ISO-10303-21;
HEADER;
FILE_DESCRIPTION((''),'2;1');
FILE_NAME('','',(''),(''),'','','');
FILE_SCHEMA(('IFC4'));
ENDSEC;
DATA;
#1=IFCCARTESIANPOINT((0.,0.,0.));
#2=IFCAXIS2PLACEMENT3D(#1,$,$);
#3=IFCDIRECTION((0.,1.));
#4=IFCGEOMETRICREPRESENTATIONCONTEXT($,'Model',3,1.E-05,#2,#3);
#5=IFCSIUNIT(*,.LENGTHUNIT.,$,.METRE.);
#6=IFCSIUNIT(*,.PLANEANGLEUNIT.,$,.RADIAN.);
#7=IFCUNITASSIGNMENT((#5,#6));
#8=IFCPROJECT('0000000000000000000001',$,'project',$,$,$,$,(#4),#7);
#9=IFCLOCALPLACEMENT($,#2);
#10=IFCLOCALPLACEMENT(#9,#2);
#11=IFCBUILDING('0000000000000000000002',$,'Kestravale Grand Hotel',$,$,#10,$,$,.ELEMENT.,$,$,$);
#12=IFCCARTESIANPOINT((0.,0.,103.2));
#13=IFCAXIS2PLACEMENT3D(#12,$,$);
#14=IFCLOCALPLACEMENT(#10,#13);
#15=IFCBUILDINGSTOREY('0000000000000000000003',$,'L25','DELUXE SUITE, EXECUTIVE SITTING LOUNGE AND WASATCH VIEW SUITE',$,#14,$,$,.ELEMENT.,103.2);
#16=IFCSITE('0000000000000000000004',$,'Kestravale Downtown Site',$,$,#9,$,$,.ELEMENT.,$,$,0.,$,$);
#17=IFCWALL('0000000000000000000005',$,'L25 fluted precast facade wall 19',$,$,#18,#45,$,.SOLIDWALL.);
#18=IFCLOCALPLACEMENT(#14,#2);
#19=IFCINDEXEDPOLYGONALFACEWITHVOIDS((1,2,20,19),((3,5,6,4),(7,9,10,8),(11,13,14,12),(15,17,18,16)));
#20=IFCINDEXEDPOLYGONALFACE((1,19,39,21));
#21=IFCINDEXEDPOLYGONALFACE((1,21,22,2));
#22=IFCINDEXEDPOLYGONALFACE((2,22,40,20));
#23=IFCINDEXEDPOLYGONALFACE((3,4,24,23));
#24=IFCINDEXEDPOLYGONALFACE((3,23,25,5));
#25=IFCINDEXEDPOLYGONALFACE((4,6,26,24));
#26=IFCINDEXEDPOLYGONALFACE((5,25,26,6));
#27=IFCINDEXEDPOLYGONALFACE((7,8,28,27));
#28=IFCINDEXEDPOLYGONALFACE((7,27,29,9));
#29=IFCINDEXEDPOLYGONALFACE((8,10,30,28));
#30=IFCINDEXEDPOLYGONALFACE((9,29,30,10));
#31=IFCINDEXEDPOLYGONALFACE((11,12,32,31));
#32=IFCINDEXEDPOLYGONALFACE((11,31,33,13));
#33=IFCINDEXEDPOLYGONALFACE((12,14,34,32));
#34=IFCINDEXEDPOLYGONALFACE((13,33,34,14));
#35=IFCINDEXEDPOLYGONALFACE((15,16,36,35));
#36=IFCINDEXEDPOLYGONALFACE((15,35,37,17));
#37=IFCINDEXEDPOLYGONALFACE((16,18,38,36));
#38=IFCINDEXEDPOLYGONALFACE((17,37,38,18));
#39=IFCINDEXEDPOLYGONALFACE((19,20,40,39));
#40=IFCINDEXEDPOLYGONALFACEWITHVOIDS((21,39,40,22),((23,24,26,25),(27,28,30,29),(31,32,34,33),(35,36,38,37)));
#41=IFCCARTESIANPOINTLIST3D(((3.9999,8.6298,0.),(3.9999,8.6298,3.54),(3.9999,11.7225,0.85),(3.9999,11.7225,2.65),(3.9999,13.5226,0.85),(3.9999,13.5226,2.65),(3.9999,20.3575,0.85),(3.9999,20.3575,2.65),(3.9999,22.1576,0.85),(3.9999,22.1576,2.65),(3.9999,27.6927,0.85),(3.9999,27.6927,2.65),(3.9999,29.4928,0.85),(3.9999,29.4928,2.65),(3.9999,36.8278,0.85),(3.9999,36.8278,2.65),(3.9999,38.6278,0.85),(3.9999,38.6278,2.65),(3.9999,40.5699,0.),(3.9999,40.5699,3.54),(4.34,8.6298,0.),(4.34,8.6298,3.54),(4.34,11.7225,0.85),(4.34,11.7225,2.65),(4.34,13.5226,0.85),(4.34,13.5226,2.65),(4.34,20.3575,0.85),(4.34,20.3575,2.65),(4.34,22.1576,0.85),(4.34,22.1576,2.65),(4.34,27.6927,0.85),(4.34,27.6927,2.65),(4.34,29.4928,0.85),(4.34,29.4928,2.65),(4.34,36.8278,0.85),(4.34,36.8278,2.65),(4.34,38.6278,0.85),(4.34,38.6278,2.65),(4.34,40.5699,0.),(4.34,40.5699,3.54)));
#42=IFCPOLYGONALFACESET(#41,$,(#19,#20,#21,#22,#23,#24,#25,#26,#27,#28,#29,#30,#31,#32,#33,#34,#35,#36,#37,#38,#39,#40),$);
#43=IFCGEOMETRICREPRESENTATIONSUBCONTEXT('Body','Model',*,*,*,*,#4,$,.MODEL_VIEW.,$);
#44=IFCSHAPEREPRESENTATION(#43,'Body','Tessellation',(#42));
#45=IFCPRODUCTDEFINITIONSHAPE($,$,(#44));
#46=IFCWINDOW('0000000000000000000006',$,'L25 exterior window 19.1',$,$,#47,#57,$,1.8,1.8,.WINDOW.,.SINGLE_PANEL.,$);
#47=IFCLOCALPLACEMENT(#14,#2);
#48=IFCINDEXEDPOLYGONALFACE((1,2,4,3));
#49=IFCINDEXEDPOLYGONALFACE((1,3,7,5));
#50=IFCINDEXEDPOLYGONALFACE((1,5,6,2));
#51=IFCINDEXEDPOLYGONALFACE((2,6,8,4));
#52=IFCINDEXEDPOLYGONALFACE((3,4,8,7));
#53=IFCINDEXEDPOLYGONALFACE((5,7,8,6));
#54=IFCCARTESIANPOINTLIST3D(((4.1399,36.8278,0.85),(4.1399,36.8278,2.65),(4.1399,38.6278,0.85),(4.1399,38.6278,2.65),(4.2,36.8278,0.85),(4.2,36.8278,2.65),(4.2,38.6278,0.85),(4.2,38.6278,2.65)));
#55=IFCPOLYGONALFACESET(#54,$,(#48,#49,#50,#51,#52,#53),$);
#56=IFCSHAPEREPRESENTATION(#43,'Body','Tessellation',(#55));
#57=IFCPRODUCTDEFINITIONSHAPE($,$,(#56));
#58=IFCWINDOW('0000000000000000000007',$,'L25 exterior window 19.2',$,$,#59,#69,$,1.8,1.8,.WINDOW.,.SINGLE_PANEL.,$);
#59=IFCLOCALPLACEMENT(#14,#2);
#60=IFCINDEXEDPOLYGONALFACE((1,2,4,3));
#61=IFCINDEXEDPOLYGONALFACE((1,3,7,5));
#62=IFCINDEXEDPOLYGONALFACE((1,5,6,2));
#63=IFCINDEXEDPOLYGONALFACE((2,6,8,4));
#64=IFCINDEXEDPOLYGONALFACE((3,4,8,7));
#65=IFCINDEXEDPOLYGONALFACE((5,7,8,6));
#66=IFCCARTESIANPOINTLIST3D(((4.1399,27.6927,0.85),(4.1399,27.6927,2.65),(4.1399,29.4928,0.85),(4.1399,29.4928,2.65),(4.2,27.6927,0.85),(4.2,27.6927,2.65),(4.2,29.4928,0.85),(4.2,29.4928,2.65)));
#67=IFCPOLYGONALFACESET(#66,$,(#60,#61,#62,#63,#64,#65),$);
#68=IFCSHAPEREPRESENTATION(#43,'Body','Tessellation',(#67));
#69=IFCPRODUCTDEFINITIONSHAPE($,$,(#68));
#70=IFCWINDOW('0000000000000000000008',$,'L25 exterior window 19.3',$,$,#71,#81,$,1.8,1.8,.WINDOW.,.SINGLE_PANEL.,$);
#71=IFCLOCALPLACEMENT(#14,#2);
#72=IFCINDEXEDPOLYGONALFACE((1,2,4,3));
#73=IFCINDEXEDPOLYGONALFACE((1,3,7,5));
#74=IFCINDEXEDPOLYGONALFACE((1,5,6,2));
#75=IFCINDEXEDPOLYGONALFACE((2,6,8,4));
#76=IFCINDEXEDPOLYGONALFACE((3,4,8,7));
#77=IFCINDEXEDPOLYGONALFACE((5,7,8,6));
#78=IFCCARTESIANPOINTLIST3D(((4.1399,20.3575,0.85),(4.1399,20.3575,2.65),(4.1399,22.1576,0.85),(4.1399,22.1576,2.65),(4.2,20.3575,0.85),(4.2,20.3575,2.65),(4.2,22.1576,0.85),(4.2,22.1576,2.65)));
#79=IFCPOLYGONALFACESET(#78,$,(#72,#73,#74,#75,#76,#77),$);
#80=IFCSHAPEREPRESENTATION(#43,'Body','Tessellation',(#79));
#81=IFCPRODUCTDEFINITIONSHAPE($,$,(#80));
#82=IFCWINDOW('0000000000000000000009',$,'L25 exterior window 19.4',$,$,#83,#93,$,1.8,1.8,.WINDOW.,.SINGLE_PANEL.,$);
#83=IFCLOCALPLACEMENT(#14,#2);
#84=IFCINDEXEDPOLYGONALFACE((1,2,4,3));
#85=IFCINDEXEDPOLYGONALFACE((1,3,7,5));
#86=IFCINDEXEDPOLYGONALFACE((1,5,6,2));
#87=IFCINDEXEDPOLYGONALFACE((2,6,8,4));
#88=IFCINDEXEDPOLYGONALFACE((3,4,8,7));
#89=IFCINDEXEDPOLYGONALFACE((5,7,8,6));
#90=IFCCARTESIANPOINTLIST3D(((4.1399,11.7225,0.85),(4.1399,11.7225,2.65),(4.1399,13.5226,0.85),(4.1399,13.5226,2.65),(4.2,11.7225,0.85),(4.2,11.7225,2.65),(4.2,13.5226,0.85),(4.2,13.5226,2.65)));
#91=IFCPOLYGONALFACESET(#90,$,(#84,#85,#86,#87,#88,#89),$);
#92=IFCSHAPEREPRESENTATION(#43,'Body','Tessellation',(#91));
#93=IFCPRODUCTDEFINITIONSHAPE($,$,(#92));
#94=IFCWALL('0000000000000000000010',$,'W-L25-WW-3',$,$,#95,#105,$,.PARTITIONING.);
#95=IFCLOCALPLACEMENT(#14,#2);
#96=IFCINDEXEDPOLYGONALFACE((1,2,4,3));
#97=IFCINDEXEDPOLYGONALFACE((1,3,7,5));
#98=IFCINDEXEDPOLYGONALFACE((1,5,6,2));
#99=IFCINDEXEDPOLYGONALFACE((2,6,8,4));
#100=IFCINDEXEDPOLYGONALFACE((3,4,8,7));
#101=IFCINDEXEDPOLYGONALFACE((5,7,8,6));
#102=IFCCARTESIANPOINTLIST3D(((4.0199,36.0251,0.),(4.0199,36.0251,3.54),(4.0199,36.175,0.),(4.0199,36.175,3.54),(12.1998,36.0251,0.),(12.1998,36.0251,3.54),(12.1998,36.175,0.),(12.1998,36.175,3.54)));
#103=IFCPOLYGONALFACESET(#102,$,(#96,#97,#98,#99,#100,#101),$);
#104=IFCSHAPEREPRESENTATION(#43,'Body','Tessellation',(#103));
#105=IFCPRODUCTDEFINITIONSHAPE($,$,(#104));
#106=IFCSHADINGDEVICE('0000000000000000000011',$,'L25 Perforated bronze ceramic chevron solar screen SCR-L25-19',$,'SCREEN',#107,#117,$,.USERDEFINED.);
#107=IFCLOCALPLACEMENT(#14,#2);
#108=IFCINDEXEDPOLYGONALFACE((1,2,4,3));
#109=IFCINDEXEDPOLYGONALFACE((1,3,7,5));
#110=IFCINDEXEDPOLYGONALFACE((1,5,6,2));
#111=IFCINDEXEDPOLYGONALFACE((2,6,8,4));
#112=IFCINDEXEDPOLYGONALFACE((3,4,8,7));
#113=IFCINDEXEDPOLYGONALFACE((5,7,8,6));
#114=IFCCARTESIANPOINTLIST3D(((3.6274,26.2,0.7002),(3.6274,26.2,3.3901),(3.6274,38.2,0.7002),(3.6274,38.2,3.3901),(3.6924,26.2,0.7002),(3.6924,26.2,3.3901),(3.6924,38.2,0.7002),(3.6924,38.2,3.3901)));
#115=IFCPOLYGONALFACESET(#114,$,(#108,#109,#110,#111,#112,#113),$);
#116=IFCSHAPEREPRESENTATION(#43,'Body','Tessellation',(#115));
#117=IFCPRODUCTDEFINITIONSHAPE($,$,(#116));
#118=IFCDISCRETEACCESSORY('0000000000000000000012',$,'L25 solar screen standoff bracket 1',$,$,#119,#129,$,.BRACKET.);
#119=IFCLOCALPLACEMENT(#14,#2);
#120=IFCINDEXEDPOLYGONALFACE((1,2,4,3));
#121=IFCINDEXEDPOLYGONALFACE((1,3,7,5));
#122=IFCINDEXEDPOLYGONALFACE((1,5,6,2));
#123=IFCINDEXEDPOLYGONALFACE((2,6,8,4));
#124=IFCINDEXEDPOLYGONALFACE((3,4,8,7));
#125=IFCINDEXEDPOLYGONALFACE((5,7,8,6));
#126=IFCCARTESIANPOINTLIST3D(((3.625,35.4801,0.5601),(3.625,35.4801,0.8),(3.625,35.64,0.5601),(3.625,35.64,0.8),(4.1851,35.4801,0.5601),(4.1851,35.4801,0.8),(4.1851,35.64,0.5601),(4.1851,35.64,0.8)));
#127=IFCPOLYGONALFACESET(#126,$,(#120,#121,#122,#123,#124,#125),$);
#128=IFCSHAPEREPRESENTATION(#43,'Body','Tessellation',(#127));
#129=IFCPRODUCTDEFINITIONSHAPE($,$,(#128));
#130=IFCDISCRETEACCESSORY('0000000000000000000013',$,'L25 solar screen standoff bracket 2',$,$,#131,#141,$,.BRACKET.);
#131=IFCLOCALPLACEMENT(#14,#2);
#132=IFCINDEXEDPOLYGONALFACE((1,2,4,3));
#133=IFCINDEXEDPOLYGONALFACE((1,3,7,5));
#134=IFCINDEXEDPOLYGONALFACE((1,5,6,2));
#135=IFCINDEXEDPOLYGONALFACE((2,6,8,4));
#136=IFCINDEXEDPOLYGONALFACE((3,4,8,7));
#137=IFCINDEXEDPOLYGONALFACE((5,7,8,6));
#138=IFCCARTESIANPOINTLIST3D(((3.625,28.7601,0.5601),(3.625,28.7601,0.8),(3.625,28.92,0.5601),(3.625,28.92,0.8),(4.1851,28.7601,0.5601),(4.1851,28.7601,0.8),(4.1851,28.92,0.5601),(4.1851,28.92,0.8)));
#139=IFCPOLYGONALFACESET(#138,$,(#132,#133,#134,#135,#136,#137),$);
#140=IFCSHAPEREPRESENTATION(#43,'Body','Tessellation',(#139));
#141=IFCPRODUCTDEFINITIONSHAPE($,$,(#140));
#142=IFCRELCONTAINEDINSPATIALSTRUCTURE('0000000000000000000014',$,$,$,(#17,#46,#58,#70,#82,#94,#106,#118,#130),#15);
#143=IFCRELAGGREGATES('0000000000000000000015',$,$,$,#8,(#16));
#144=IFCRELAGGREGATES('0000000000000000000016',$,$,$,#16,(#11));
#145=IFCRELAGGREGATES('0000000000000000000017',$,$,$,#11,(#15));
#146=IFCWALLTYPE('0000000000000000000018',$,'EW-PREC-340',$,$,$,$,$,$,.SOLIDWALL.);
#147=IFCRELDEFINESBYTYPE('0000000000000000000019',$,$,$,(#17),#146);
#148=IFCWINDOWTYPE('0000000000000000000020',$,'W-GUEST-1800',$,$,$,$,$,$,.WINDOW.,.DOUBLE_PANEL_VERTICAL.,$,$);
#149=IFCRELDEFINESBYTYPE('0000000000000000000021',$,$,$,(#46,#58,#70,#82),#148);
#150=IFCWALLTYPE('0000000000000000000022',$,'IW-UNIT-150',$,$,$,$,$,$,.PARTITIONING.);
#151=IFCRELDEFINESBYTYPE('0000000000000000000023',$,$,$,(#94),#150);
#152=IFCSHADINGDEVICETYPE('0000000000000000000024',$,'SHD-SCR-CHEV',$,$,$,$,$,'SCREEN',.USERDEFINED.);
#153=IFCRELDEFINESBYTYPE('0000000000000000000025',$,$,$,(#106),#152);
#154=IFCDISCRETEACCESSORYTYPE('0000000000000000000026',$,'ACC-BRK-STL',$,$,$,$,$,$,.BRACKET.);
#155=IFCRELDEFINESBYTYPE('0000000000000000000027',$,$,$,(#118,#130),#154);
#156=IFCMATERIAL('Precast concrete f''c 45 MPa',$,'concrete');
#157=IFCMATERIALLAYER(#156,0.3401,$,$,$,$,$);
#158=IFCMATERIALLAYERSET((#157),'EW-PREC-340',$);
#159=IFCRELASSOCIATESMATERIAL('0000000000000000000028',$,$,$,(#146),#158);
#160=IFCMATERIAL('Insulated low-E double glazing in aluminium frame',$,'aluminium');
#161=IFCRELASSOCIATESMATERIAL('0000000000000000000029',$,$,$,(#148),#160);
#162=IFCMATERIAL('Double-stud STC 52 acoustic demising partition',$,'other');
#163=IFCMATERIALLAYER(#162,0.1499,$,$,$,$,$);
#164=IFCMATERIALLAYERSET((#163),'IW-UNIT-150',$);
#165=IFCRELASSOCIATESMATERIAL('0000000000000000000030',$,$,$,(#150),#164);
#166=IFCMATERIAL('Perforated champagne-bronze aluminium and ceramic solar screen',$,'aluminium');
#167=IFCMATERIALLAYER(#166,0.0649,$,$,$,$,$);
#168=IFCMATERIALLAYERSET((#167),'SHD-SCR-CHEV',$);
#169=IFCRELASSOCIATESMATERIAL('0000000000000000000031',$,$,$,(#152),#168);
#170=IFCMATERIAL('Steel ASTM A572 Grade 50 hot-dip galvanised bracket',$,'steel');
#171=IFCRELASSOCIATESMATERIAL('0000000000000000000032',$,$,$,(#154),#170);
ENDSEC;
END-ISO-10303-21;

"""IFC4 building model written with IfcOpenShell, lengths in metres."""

from ifc_helpers import new_model, si_unit, direction, frame, frame_2d, origin, origin_2d, place, context, subcontext, project, spatial, rectangle, extrude, material, layer, layer_set, type_object, element, fill, save


model = new_model("IFC4")

# Units and contexts
model_context = context("Model", 3, precision=1e-05, world=origin(), true_north=direction((0.0, 1.0)))
body_context = subcontext(model_context, "Body", "Model", "MODEL_VIEW")
ifc_project = project(units=[si_unit("LENGTHUNIT", "METRE"), si_unit("PLANEANGLEUNIT", "RADIAN")], contexts=[model_context])

# Site, building, storey
site_placement = place(None, origin())
site = spatial("IfcSite", under=ifc_project, at=site_placement, Name="Kestravale Downtown Site", CompositionType="ELEMENT", RefElevation=0.0)
building_placement = place(site_placement, origin())
building = spatial("IfcBuilding", under=site, at=building_placement, Name="Kestravale Grand Hotel", CompositionType="ELEMENT")
storey_placement = place(building_placement, frame((0.0, 0.0, 103.2)))
storey = spatial("IfcBuildingStorey", under=building, at=storey_placement, Name="L25", Description="DELUXE SUITE, EXECUTIVE SITTING LOUNGE AND WASATCH VIEW SUITE", CompositionType="ELEMENT", Elevation=103.2)

# Wall, openings, windows
ifc_material_1 = material(Name="Precast concrete f'c 45 MPa", Category="concrete")
ifc_layer_1 = layer(ifc_material_1, 0.3401)
ifc_layer_set_1 = layer_set([ifc_layer_1], Name="EW-PREC-340")
wall_type_1 = type_object("IfcWallType", Name="EW-PREC-340", PredefinedType="SOLIDWALL", material=ifc_layer_set_1)
wall_1_placement = place(storey_placement, frame((4.1699, 40.5701, 0.0), z_axis=(0.0, 0.0, 1.0), x_axis=(0.0, -1.0, 0.0)))
wall_1 = element("IfcWall", 1, at=wall_1_placement, inside=storey, type_object=wall_type_1, Name="L25 fluted precast facade wall 19", PredefinedType="SOLIDWALL", context=body_context, shape_type="SweptSolid", body=[
    extrude(rectangle(XDim=31.9402, YDim=0.3401, at=frame_2d((15.9702, 0.0))), origin(), (0.0, 0.0, 1.0), 3.54),
])
opening_1_placement = place(wall_1_placement, frame((1.9424, 0.0, 0.8501)))
opening_1 = element("IfcOpeningElement", 2, at=opening_1_placement, cuts=wall_1, PredefinedType="OPENING", context=body_context, shape_type="SweptSolid", body=[
    extrude(rectangle(XDim=1.8, YDim=1.8, at=frame_2d((0.8999, 0.8999))), frame((0.0, 0.1799, 0.0), z_axis=(0.0, -1.0, 0.0), x_axis=(1.0, 0.0, 0.0)), (0.0, 0.0, 1.0), 0.3601),
])
opening_2_placement = place(wall_1_placement, frame((11.0774, 0.0, 0.8501)))
opening_2 = element("IfcOpeningElement", 3, at=opening_2_placement, cuts=wall_1, PredefinedType="OPENING", context=body_context, shape_type="SweptSolid", body=[
    extrude(rectangle(XDim=1.8, YDim=1.8, at=frame_2d((0.8999, 0.8999))), frame((0.0, 0.1799, 0.0), z_axis=(0.0, -1.0, 0.0), x_axis=(1.0, 0.0, 0.0)), (0.0, 0.0, 1.0), 0.3601),
])
opening_3_placement = place(wall_1_placement, frame((18.4126, 0.0, 0.8501)))
opening_3 = element("IfcOpeningElement", 4, at=opening_3_placement, cuts=wall_1, PredefinedType="OPENING", context=body_context, shape_type="SweptSolid", body=[
    extrude(rectangle(XDim=1.8, YDim=1.8, at=frame_2d((0.8999, 0.8999))), frame((0.0, 0.1799, 0.0), z_axis=(0.0, -1.0, 0.0), x_axis=(1.0, 0.0, 0.0)), (0.0, 0.0, 1.0), 0.3601),
])
opening_4_placement = place(wall_1_placement, frame((27.0476, 0.0, 0.8501)))
opening_4 = element("IfcOpeningElement", 5, at=opening_4_placement, cuts=wall_1, PredefinedType="OPENING", context=body_context, shape_type="SweptSolid", body=[
    extrude(rectangle(XDim=1.8, YDim=1.8, at=frame_2d((0.8999, 0.8999))), frame((0.0, 0.1799, 0.0), z_axis=(0.0, -1.0, 0.0), x_axis=(1.0, 0.0, 0.0)), (0.0, 0.0, 1.0), 0.3601),
])
ifc_material_2 = material(Name="Insulated low-E double glazing in aluminium frame", Category="aluminium")
window_type = type_object("IfcWindowType", Name="W-GUEST-1800", PartitioningType="DOUBLE_PANEL_VERTICAL", PredefinedType="WINDOW", material=ifc_material_2)
window_1_placement = place(opening_1_placement, origin())
window_1 = element("IfcWindow", 6, at=window_1_placement, inside=storey, type_object=window_type, Name="L25 exterior window 19.1", OverallHeight=1.8, OverallWidth=1.8, PartitioningType="SINGLE_PANEL", PredefinedType="WINDOW", context=body_context, shape_type="SweptSolid", body=[
    extrude(rectangle(XDim=1.8, YDim=1.8, at=frame_2d((0.8999, 0.8999))), frame((0.0, 0.03, 0.0), z_axis=(0.0, -1.0, 0.0), x_axis=(1.0, 0.0, 0.0)), (0.0, 0.0, 1.0), 0.0601),
])
fill(opening_1, window_1)
window_2_placement = place(opening_2_placement, origin())
window_2 = element("IfcWindow", 7, at=window_2_placement, inside=storey, type_object=window_type, Name="L25 exterior window 19.2", OverallHeight=1.8, OverallWidth=1.8, PartitioningType="SINGLE_PANEL", PredefinedType="WINDOW", context=body_context, shape_type="SweptSolid", body=[
    extrude(rectangle(XDim=1.8, YDim=1.8, at=frame_2d((0.8999, 0.8999))), frame((0.0, 0.03, 0.0), z_axis=(0.0, -1.0, 0.0), x_axis=(1.0, 0.0, 0.0)), (0.0, 0.0, 1.0), 0.0601),
])
fill(opening_2, window_2)
window_3_placement = place(opening_3_placement, origin())
window_3 = element("IfcWindow", 8, at=window_3_placement, inside=storey, type_object=window_type, Name="L25 exterior window 19.3", OverallHeight=1.8, OverallWidth=1.8, PartitioningType="SINGLE_PANEL", PredefinedType="WINDOW", context=body_context, shape_type="SweptSolid", body=[
    extrude(rectangle(XDim=1.8, YDim=1.8, at=frame_2d((0.8999, 0.8999))), frame((0.0, 0.03, 0.0), z_axis=(0.0, -1.0, 0.0), x_axis=(1.0, 0.0, 0.0)), (0.0, 0.0, 1.0), 0.0601),
])
fill(opening_3, window_3)
window_4_placement = place(opening_4_placement, origin())
window_4 = element("IfcWindow", 9, at=window_4_placement, inside=storey, type_object=window_type, Name="L25 exterior window 19.4", OverallHeight=1.8, OverallWidth=1.8, PartitioningType="SINGLE_PANEL", PredefinedType="WINDOW", context=body_context, shape_type="SweptSolid", body=[
    extrude(rectangle(XDim=1.8, YDim=1.8, at=frame_2d((0.8999, 0.8999))), frame((0.0, 0.03, 0.0), z_axis=(0.0, -1.0, 0.0), x_axis=(1.0, 0.0, 0.0)), (0.0, 0.0, 1.0), 0.0601),
])
fill(opening_4, window_4)

# Wall
ifc_material_3 = material(Name="Double-stud STC 52 acoustic demising partition", Category="other")
ifc_layer_2 = layer(ifc_material_3, 0.1499)
ifc_layer_set_2 = layer_set([ifc_layer_2], Name="IW-UNIT-150")
wall_type_2 = type_object("IfcWallType", Name="IW-UNIT-150", PredefinedType="PARTITIONING", material=ifc_layer_set_2)
wall_2_placement = place(storey_placement, frame((4.02, 36.1001, 0.0), z_axis=(0.0, 0.0, 1.0), x_axis=(1.0, 0.0, 0.0)))
element("IfcWall", 10, at=wall_2_placement, inside=storey, type_object=wall_type_2, Name="W-L25-WW-3", PredefinedType="PARTITIONING", context=body_context, shape_type="SweptSolid", body=[
    extrude(rectangle(XDim=8.1799, YDim=0.1499, at=frame_2d((4.0898, 0.0))), origin(), (0.0, 0.0, 1.0), 3.54),
])

# Shading device
ifc_material_4 = material(Name="Perforated champagne-bronze aluminium and ceramic solar screen", Category="aluminium")
ifc_layer_3 = layer(ifc_material_4, 0.0649)
ifc_layer_set_3 = layer_set([ifc_layer_3], Name="SHD-SCR-CHEV")
shading_device_type = type_object("IfcShadingDeviceType", Name="SHD-SCR-CHEV", ElementType="SCREEN", PredefinedType="USERDEFINED", material=ifc_layer_set_3)
shading_device_placement = place(storey_placement, frame((3.6599, 32.2, 0.7002), z_axis=(0.0, 0.0, 1.0), x_axis=(0.0, -1.0, 0.0)))
element("IfcShadingDevice", 11, at=shading_device_placement, inside=storey, type_object=shading_device_type, Name="L25 Perforated bronze ceramic chevron solar screen SCR-L25-19", ObjectType="SCREEN", PredefinedType="USERDEFINED", context=body_context, shape_type="SweptSolid", body=[
    extrude(rectangle(XDim=12.0, YDim=0.0649, at=origin_2d()), origin(), (0.0, 0.0, 1.0), 2.6899),
])

# Discrete accessories
ifc_material_5 = material(Name="Steel ASTM A572 Grade 50 hot-dip galvanised bracket", Category="steel")
discrete_accessory_type = type_object("IfcDiscreteAccessoryType", Name="ACC-BRK-STL", PredefinedType="BRACKET", material=ifc_material_5)
for number, where, z_axis, x_axis, name in (
    (12, (3.905, 35.5601, 0.5601), (0.0, 0.0, 1.0), (0.0, -1.0, 0.0), "L25 solar screen standoff bracket 1"),
    (13, (3.905, 28.8401, 0.5601), (0.0, 0.0, 1.0), (0.0, -1.0, 0.0), "L25 solar screen standoff bracket 2"),
):
    element("IfcDiscreteAccessory", number, at=place(storey_placement, frame(where, z_axis=z_axis, x_axis=x_axis)), inside=storey, type_object=discrete_accessory_type, Name=name, PredefinedType="BRACKET", context=body_context, shape_type="SweptSolid", body=[
        extrude(rectangle(XDim=0.1599, YDim=0.5601, at=origin_2d()), origin(), (0.0, 0.0, 1.0), 0.24),
    ])

save(model, "model.ifc")
